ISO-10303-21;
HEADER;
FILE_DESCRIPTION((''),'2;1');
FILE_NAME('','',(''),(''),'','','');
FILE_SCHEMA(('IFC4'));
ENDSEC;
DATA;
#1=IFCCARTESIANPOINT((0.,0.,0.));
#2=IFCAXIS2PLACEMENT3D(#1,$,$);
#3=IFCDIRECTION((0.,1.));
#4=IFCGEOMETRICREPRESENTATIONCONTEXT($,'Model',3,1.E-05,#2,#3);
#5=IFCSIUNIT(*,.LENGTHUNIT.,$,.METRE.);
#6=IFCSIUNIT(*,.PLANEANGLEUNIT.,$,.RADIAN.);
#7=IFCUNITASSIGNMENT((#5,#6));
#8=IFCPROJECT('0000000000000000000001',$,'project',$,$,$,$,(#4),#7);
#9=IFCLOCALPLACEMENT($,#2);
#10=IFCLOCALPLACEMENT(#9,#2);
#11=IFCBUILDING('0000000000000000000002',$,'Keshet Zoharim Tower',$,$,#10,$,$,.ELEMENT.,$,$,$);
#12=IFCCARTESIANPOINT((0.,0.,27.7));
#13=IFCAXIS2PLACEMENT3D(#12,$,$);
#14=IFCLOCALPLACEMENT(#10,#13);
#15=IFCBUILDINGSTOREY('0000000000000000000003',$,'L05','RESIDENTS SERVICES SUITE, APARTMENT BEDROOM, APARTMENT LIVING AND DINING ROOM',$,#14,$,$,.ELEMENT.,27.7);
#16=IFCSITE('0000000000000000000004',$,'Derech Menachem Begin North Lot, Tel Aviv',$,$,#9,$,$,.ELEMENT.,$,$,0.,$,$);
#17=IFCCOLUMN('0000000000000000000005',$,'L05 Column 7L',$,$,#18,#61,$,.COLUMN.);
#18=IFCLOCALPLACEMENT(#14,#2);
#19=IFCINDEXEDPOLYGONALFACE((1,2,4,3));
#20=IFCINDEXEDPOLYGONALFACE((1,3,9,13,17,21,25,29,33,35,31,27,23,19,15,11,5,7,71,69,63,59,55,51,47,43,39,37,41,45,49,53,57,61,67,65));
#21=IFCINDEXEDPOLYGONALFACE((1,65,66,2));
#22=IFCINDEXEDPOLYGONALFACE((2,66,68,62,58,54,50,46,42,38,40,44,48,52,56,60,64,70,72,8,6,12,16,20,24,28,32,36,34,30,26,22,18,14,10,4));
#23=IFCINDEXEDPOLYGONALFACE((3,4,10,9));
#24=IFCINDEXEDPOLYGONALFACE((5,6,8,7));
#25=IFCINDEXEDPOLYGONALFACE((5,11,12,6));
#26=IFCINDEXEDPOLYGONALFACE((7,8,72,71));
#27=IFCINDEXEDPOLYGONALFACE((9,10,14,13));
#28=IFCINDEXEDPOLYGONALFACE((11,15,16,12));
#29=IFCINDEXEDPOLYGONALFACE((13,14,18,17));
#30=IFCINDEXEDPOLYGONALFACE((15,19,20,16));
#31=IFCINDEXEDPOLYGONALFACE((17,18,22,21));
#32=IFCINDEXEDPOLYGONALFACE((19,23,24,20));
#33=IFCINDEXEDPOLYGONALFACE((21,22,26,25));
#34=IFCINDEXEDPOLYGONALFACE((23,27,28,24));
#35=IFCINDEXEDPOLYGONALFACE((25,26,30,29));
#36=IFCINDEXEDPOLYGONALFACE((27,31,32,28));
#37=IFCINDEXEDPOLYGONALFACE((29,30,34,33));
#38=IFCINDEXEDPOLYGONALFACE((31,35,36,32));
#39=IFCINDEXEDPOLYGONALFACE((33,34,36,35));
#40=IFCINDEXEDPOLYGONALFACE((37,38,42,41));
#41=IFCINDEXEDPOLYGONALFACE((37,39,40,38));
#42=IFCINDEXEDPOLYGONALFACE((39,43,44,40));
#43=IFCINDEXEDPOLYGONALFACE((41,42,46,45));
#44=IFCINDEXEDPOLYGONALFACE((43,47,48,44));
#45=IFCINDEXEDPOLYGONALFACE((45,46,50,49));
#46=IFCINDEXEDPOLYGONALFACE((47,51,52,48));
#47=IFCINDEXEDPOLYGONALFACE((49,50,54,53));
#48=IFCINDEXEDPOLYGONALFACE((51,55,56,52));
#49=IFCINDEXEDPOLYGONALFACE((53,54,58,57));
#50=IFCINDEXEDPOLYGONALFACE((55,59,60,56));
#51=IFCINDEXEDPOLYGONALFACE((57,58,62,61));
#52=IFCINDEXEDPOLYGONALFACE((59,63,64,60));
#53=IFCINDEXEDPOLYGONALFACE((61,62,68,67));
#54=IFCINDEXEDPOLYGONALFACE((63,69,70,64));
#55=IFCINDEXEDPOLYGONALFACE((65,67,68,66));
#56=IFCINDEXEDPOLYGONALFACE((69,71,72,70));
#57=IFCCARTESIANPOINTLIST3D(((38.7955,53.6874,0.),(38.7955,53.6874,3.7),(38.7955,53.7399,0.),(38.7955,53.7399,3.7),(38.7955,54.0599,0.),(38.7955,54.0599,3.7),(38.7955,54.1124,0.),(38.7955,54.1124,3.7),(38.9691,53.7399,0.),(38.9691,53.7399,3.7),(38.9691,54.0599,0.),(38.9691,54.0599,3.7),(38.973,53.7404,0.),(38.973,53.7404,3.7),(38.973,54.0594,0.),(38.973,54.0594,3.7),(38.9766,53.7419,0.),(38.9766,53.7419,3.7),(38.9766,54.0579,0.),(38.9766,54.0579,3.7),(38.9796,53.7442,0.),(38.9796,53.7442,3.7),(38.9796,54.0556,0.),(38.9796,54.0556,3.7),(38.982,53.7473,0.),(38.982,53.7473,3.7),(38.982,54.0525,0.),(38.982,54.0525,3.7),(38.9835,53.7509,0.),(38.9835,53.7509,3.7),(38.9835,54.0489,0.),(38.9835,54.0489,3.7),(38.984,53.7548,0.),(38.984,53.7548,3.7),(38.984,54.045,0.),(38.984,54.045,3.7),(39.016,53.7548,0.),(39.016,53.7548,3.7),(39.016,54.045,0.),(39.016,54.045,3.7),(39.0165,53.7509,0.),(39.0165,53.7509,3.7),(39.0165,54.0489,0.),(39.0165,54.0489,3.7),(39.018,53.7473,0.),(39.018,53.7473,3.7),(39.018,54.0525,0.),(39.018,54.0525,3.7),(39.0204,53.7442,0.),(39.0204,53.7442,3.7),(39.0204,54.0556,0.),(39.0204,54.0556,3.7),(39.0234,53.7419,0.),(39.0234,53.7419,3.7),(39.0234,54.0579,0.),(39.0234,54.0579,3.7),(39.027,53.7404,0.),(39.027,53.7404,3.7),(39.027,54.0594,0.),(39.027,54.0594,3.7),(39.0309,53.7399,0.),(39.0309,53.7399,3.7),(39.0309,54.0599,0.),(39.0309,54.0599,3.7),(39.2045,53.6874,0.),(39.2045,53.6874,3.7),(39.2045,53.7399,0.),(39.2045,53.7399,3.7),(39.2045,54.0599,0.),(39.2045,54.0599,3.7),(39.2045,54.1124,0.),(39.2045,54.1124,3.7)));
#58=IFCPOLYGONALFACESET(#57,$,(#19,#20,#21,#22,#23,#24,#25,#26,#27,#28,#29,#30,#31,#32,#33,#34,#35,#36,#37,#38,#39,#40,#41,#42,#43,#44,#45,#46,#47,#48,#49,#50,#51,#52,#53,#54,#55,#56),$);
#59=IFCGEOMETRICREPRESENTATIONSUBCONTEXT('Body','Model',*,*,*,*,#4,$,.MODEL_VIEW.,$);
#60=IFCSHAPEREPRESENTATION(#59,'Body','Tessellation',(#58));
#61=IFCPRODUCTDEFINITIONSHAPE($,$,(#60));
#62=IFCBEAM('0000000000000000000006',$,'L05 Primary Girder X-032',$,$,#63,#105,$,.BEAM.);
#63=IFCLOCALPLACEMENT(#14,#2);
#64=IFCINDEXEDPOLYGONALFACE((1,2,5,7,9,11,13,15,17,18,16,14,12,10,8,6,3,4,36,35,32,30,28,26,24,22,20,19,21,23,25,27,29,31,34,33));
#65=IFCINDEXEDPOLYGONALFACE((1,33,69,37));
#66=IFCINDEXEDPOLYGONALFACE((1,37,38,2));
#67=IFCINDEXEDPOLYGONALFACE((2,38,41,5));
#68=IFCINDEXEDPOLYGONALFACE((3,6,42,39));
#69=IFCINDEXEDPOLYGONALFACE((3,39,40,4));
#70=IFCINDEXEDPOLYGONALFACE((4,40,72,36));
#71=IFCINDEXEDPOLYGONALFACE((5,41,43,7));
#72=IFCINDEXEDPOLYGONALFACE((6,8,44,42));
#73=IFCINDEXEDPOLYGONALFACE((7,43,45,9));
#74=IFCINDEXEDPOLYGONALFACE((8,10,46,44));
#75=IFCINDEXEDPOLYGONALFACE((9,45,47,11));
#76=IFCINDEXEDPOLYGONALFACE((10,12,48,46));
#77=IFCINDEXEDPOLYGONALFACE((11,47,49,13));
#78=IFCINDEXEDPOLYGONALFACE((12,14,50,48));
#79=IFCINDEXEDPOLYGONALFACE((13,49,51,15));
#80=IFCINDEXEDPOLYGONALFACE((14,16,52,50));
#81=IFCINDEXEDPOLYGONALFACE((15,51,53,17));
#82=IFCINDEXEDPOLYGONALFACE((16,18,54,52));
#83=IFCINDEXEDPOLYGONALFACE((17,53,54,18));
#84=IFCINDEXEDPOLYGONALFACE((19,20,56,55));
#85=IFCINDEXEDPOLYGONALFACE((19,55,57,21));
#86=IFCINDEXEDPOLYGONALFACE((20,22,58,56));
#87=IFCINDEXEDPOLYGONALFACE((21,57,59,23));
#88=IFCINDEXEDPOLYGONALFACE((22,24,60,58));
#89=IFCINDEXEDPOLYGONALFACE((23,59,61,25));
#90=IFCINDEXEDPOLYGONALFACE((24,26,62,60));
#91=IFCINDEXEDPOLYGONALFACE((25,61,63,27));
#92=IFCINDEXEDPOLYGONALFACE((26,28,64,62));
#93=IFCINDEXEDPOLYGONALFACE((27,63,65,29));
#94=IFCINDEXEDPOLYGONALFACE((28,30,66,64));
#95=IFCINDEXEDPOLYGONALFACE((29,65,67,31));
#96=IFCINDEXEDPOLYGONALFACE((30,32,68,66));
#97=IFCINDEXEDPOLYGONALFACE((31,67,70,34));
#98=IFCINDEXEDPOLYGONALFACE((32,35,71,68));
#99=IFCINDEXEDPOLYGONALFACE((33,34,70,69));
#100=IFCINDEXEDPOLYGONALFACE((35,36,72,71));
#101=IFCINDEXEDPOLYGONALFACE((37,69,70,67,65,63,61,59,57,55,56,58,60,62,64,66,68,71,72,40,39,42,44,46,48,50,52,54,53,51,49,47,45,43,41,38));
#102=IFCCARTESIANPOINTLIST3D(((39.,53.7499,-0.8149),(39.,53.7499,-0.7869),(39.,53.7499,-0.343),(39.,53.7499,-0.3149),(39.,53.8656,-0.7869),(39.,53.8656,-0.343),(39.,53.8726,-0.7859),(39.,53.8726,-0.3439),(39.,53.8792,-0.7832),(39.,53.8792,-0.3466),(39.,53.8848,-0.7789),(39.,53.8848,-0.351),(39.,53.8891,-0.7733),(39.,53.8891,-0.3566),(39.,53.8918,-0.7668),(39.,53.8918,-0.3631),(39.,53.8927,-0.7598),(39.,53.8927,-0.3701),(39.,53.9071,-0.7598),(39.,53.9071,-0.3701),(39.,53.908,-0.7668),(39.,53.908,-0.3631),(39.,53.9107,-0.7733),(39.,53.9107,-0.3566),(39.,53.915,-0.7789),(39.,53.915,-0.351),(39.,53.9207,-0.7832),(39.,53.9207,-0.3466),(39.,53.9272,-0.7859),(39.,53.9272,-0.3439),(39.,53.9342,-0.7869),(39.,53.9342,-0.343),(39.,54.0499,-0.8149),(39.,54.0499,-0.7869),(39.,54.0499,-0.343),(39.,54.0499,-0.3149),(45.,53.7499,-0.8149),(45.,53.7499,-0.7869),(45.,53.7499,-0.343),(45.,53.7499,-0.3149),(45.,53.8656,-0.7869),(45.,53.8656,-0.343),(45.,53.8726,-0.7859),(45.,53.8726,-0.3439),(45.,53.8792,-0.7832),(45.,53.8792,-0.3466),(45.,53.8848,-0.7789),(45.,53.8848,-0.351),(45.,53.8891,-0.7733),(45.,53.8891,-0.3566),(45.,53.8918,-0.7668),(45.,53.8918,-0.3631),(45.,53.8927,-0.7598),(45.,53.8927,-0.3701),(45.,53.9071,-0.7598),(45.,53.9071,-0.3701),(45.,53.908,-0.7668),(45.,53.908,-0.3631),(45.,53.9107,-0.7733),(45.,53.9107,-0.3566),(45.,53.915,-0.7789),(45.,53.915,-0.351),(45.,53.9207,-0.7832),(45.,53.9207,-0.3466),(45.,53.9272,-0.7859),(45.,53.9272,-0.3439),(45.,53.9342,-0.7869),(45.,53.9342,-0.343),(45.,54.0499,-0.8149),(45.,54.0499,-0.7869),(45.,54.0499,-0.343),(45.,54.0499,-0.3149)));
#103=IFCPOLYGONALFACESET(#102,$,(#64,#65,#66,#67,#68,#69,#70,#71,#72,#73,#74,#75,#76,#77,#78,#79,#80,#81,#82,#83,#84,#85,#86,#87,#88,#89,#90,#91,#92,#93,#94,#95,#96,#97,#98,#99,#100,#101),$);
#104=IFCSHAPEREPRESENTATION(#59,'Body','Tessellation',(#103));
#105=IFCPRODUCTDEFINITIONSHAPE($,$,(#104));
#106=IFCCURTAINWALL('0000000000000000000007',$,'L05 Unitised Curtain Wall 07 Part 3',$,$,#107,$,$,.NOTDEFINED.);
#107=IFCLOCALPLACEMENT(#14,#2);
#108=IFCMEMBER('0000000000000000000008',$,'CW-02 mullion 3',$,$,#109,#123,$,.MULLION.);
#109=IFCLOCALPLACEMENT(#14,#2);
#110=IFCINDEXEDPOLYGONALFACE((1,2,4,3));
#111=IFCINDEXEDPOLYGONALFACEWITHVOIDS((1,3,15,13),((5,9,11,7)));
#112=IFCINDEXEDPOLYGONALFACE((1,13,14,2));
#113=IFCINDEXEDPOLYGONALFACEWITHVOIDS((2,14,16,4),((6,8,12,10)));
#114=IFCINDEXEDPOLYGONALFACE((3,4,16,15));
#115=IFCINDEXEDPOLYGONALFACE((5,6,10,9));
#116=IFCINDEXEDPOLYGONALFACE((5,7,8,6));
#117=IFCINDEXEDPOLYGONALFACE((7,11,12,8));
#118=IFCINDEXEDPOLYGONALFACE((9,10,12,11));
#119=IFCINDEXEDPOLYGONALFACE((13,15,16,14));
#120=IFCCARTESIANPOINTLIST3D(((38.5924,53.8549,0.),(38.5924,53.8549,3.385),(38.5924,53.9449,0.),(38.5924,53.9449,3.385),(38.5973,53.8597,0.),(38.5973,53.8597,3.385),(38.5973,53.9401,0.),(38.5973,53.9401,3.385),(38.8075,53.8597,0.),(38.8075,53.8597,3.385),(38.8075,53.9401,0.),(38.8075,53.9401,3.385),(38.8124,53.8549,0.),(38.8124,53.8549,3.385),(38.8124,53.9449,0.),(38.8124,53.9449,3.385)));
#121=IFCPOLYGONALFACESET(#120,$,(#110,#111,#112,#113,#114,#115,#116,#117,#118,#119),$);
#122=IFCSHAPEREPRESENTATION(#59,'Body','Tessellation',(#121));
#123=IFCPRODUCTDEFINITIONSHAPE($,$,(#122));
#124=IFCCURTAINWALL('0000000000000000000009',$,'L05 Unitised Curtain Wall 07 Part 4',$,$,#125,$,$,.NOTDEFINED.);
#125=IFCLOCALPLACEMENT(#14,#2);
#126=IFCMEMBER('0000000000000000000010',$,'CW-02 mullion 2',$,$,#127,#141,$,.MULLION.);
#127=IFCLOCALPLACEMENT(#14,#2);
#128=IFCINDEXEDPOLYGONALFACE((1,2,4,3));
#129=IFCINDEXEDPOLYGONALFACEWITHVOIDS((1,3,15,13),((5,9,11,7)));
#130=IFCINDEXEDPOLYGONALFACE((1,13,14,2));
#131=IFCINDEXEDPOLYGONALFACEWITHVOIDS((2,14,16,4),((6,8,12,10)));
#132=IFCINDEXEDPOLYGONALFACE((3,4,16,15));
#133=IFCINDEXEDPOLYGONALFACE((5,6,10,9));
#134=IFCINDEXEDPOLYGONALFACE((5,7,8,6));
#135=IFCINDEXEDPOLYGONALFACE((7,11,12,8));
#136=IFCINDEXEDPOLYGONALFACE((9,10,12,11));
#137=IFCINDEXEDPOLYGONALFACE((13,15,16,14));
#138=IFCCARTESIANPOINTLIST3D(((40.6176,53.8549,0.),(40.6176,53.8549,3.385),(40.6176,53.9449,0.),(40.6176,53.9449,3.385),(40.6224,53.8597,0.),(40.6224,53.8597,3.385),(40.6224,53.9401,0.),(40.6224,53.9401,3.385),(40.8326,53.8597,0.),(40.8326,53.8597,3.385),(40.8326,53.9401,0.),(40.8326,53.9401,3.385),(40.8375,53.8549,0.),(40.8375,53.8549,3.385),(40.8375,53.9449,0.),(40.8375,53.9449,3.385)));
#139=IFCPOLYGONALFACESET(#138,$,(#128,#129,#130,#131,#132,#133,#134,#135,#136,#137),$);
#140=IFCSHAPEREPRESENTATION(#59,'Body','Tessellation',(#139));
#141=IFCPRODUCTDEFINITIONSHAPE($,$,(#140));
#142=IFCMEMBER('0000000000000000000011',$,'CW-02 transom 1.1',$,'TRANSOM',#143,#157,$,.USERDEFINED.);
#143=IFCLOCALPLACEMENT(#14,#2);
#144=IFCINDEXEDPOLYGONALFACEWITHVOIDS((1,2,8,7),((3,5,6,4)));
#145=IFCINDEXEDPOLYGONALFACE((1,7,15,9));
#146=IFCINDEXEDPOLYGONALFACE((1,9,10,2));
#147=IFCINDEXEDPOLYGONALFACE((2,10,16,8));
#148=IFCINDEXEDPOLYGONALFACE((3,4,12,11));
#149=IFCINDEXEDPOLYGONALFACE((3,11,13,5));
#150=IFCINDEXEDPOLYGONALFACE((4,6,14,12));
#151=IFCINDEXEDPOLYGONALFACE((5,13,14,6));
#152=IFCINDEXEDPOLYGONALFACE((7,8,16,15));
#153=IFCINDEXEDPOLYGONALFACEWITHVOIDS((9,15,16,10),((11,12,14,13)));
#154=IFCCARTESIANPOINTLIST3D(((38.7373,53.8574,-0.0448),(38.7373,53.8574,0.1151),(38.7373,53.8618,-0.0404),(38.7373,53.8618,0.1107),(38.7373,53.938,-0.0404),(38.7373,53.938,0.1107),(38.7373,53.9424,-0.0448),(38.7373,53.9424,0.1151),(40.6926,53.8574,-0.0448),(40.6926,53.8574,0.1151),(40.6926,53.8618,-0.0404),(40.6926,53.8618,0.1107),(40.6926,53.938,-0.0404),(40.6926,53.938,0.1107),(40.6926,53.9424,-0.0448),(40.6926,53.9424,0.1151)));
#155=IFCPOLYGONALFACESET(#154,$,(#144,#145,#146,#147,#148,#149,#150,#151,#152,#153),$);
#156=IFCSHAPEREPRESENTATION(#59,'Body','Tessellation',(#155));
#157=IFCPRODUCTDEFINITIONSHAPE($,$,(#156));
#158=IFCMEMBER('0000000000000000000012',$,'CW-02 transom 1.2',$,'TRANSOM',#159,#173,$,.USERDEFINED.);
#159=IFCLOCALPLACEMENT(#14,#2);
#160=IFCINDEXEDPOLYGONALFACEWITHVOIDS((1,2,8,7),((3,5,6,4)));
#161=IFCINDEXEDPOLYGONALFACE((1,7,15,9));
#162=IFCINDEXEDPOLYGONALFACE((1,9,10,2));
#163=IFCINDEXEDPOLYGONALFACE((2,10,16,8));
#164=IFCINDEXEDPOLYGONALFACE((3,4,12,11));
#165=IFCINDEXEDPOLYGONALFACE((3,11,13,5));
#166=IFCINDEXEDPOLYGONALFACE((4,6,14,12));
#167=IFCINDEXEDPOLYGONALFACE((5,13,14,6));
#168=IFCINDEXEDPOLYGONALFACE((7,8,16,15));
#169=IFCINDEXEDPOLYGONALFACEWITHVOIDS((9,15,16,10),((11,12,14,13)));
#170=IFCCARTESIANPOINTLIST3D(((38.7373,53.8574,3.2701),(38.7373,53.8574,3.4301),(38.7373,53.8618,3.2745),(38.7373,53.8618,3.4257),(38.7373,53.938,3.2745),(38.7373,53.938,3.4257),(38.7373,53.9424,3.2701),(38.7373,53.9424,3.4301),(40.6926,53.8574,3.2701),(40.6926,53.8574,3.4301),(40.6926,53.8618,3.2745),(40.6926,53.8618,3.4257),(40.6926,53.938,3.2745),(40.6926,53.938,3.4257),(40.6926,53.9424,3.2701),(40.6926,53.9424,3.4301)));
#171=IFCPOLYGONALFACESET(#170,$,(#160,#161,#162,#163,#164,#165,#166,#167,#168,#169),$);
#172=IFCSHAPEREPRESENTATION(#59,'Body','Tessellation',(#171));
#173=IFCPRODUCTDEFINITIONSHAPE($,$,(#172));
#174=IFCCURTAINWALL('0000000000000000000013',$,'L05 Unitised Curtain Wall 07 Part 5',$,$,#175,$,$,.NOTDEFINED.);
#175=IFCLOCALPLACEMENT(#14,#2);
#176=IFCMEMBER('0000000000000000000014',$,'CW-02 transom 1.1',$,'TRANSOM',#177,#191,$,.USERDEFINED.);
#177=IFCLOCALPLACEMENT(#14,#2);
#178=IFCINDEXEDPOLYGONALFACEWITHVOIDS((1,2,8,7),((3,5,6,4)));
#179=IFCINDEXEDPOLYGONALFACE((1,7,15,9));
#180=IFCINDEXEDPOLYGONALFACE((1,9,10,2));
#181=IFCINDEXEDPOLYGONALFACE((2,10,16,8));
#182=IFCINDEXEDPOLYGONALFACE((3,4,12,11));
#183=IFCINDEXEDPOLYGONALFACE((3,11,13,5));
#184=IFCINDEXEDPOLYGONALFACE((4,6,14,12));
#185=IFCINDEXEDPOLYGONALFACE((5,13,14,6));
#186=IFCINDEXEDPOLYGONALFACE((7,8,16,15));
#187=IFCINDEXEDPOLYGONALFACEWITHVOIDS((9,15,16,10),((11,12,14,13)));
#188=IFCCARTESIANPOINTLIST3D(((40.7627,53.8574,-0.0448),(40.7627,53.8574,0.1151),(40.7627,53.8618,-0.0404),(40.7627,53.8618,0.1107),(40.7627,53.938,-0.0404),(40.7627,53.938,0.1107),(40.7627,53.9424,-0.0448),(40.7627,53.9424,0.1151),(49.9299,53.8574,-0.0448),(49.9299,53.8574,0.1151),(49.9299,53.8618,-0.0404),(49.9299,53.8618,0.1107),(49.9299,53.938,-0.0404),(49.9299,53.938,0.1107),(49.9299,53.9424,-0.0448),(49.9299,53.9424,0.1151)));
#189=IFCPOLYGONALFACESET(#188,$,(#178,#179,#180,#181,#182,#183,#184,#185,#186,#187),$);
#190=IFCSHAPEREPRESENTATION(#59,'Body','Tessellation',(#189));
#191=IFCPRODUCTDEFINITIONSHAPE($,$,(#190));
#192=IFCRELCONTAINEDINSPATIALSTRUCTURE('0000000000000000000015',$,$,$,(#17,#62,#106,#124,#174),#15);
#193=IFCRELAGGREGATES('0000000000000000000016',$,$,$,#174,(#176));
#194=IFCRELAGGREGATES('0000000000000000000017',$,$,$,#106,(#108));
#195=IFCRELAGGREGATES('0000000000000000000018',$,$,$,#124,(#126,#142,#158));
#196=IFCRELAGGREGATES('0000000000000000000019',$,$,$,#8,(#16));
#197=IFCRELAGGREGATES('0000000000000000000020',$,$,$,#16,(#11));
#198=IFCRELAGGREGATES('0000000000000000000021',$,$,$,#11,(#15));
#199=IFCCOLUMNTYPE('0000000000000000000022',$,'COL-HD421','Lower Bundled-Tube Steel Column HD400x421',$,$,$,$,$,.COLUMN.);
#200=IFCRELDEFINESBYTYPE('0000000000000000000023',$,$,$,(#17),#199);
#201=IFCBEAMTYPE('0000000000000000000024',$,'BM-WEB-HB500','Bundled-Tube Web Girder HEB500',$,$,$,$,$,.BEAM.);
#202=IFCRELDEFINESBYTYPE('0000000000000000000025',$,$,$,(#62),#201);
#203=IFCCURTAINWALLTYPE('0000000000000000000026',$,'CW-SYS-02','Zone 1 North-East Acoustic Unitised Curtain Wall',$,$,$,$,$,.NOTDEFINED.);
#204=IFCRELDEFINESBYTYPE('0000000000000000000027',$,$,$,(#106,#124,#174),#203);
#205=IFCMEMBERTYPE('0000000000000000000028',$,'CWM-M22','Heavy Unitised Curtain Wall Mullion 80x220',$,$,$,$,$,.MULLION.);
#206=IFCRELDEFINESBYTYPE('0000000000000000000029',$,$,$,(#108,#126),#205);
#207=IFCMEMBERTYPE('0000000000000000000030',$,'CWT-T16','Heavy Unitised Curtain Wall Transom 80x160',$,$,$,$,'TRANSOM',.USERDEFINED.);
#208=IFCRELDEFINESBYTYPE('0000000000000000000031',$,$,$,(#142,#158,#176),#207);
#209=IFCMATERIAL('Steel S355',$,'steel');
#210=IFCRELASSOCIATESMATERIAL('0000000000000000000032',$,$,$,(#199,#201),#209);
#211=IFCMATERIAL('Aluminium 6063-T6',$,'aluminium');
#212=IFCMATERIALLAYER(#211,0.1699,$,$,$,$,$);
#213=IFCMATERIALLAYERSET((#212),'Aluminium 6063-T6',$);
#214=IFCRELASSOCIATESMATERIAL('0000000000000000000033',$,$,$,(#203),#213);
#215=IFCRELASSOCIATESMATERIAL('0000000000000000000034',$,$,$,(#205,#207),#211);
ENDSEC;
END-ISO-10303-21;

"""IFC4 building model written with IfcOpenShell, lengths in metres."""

from ifc_helpers import new_model, si_unit, direction, frame, origin, origin_2d, place, context, subcontext, project, spatial, hollow_rectangle, i_section, extrude, material, layer, layer_set, material_profile, profile_set, type_object, element, aggregate, save


model = new_model("IFC4")

# Units and contexts
model_context = context("Model", 3, precision=1e-05, world=origin(), true_north=direction((0.0, 1.0)))
body_context = subcontext(model_context, "Body", "Model", "MODEL_VIEW")
ifc_project = project(units=[si_unit("LENGTHUNIT", "METRE"), si_unit("PLANEANGLEUNIT", "RADIAN")], contexts=[model_context])

# Site, building, storey
site_placement = place(None, origin())
site = spatial("IfcSite", under=ifc_project, at=site_placement, Name="Derech Menachem Begin North Lot, Tel Aviv", CompositionType="ELEMENT", RefElevation=0.0)
building_placement = place(site_placement, origin())
building = spatial("IfcBuilding", under=site, at=building_placement, Name="Keshet Zoharim Tower", CompositionType="ELEMENT")
storey_placement = place(building_placement, frame((0.0, 0.0, 27.7)))
storey = spatial("IfcBuildingStorey", under=building, at=storey_placement, Name="L05", Description="RESIDENTS SERVICES SUITE, APARTMENT BEDROOM, APARTMENT LIVING AND DINING ROOM", CompositionType="ELEMENT", Elevation=27.7)

# Column
ifc_material_1 = material(Name="Steel S355", Category="steel")
ifc_material_profile_1 = material_profile(ifc_material_1, i_section(OverallWidth=0.4089, OverallDepth=0.425, WebThickness=0.032, FlangeThickness=0.0525, FilletRadius=0.0149, at=origin_2d()), Name="HD400x421")
ifc_profile_set_1 = profile_set([ifc_material_profile_1], Name="Steel S355")
column_type = type_object("IfcColumnType", Name="COL-HD421", Description="Lower Bundled-Tube Steel Column HD400x421", PredefinedType="COLUMN", material=ifc_profile_set_1)
column_placement = place(storey_placement, frame((39.0, 53.8999, 0.0), z_axis=(0.0, 0.0, 1.0), x_axis=(1.0, 0.0, 0.0)))
element("IfcColumn", 1, at=column_placement, inside=storey, type_object=column_type, Name="L05 Column 7L", PredefinedType="COLUMN", context=body_context, shape_type="SweptSolid", body=[
    extrude(i_section(OverallWidth=0.4089, OverallDepth=0.425, WebThickness=0.032, FlangeThickness=0.0525, FilletRadius=0.0149, at=origin_2d()), origin(), (0.0, 0.0, 1.0), 3.7),
])

# Beam
ifc_material_profile_2 = material_profile(ifc_material_1, i_section(OverallWidth=0.3, OverallDepth=0.5, WebThickness=0.0144, FlangeThickness=0.0281, FilletRadius=0.0271, at=origin_2d()), Name="HEB500")
ifc_profile_set_2 = profile_set([ifc_material_profile_2], Name="Steel S355")
beam_type = type_object("IfcBeamType", Name="BM-WEB-HB500", Description="Bundled-Tube Web Girder HEB500", PredefinedType="BEAM", material=ifc_profile_set_2)
beam_placement = place(storey_placement, frame((39.0, 53.8999, -0.5649), z_axis=(1.0, 0.0, 0.0), x_axis=(0.0, 1.0, 0.0)))
element("IfcBeam", 2, at=beam_placement, inside=storey, type_object=beam_type, Name="L05 Primary Girder X-032", PredefinedType="BEAM", context=body_context, shape_type="SweptSolid", body=[
    extrude(i_section(OverallWidth=0.3, OverallDepth=0.5, WebThickness=0.0144, FlangeThickness=0.0281, FilletRadius=0.0271, at=origin_2d()), origin(), (0.0, 0.0, 1.0), 6.0),
])

# Curtain wall, member
ifc_material_2 = material(Name="Aluminium 6063-T6", Category="aluminium")
ifc_layer_1 = layer(ifc_material_2, 0.1699)
ifc_layer_set_1 = layer_set([ifc_layer_1], Name="Aluminium 6063-T6")
curtain_wall_type = type_object("IfcCurtainWallType", Name="CW-SYS-02", Description="Zone 1 North-East Acoustic Unitised Curtain Wall", PredefinedType="NOTDEFINED", material=ifc_layer_set_1)
curtain_wall_1_placement = place(storey_placement, origin())
curtain_wall_1 = element("IfcCurtainWall", 3, at=curtain_wall_1_placement, inside=storey, type_object=curtain_wall_type, Name="L05 Unitised Curtain Wall 07 Part 3", PredefinedType="NOTDEFINED")
ifc_material_profile_3 = material_profile(ifc_material_2, hollow_rectangle(XDim=0.0901, YDim=0.22, WallThickness=0.0049, at=origin_2d()), Name="MUL-90x220")
ifc_profile_set_3 = profile_set([ifc_material_profile_3], Name="Aluminium 6063-T6")
member_type_1 = type_object("IfcMemberType", Name="CWM-M22", Description="Heavy Unitised Curtain Wall Mullion 80x220", PredefinedType="MULLION", material=ifc_profile_set_3)
member_1_placement = place(storey_placement, frame((38.7024, 53.8999, 0.0), z_axis=(0.0, 0.0, 1.0), x_axis=(0.0, 1.0, 0.0)))
member_1 = element("IfcMember", 4, at=member_1_placement, type_object=member_type_1, Name="CW-02 mullion 3", PredefinedType="MULLION", context=body_context, shape_type="SweptSolid", body=[
    extrude(hollow_rectangle(XDim=0.0901, YDim=0.22, WallThickness=0.0049, at=origin_2d()), origin(), (0.0, 0.0, 1.0), 3.385),
])

# Curtain walls, members
curtain_wall_2_placement = place(storey_placement, origin())
curtain_wall_2 = element("IfcCurtainWall", 5, at=curtain_wall_2_placement, inside=storey, type_object=curtain_wall_type, Name="L05 Unitised Curtain Wall 07 Part 4", PredefinedType="NOTDEFINED")
member_2_placement = place(storey_placement, frame((40.7275, 53.8999, 0.0), z_axis=(0.0, 0.0, 1.0), x_axis=(0.0, 1.0, 0.0)))
member_2 = element("IfcMember", 6, at=member_2_placement, type_object=member_type_1, Name="CW-02 mullion 2", PredefinedType="MULLION", context=body_context, shape_type="SweptSolid", body=[
    extrude(hollow_rectangle(XDim=0.0901, YDim=0.22, WallThickness=0.0049, at=origin_2d()), origin(), (0.0, 0.0, 1.0), 3.385),
])
ifc_material_profile_4 = material_profile(ifc_material_2, hollow_rectangle(XDim=0.085, YDim=0.1599, WallThickness=0.0044, at=origin_2d()), Name="TRN-85x160")
ifc_profile_set_4 = profile_set([ifc_material_profile_4], Name="Aluminium 6063-T6")
member_type_2 = type_object("IfcMemberType", Name="CWT-T16", Description="Heavy Unitised Curtain Wall Transom 80x160", ElementType="TRANSOM", PredefinedType="USERDEFINED", material=ifc_profile_set_4)
member_3_placement = place(storey_placement, frame((38.7373, 53.8999, 0.0352), z_axis=(1.0, 0.0, 0.0), x_axis=(0.0, 1.0, 0.0)))
member_3 = element("IfcMember", 7, at=member_3_placement, type_object=member_type_2, Name="CW-02 transom 1.1", ObjectType="TRANSOM", PredefinedType="USERDEFINED", context=body_context, shape_type="SweptSolid", body=[
    extrude(hollow_rectangle(XDim=0.085, YDim=0.1599, WallThickness=0.0044, at=origin_2d()), origin(), (0.0, 0.0, 1.0), 1.9553),
])
member_4_placement = place(storey_placement, frame((38.7373, 53.8999, 3.3501), z_axis=(1.0, 0.0, 0.0), x_axis=(0.0, 1.0, 0.0)))
member_4 = element("IfcMember", 8, at=member_4_placement, type_object=member_type_2, Name="CW-02 transom 1.2", ObjectType="TRANSOM", PredefinedType="USERDEFINED", context=body_context, shape_type="SweptSolid", body=[
    extrude(hollow_rectangle(XDim=0.085, YDim=0.1599, WallThickness=0.0044, at=origin_2d()), origin(), (0.0, 0.0, 1.0), 1.9553),
])
curtain_wall_3_placement = place(storey_placement, origin())
curtain_wall_3 = element("IfcCurtainWall", 9, at=curtain_wall_3_placement, inside=storey, type_object=curtain_wall_type, Name="L05 Unitised Curtain Wall 07 Part 5", PredefinedType="NOTDEFINED")
member_5_placement = place(storey_placement, frame((40.7627, 53.8999, 0.0352), z_axis=(1.0, 0.0, 0.0), x_axis=(0.0, 1.0, 0.0)))
member_5 = element("IfcMember", 10, at=member_5_placement, type_object=member_type_2, Name="CW-02 transom 1.1", ObjectType="TRANSOM", PredefinedType="USERDEFINED", context=body_context, shape_type="SweptSolid", body=[
    extrude(hollow_rectangle(XDim=0.085, YDim=0.1599, WallThickness=0.0044, at=origin_2d()), origin(), (0.0, 0.0, 1.0), 9.1672),
])
aggregate(curtain_wall_3, [member_5])

aggregate(curtain_wall_1, [member_1])
aggregate(curtain_wall_2, [member_2, member_3, member_4])

save(model, "model.ifc")
